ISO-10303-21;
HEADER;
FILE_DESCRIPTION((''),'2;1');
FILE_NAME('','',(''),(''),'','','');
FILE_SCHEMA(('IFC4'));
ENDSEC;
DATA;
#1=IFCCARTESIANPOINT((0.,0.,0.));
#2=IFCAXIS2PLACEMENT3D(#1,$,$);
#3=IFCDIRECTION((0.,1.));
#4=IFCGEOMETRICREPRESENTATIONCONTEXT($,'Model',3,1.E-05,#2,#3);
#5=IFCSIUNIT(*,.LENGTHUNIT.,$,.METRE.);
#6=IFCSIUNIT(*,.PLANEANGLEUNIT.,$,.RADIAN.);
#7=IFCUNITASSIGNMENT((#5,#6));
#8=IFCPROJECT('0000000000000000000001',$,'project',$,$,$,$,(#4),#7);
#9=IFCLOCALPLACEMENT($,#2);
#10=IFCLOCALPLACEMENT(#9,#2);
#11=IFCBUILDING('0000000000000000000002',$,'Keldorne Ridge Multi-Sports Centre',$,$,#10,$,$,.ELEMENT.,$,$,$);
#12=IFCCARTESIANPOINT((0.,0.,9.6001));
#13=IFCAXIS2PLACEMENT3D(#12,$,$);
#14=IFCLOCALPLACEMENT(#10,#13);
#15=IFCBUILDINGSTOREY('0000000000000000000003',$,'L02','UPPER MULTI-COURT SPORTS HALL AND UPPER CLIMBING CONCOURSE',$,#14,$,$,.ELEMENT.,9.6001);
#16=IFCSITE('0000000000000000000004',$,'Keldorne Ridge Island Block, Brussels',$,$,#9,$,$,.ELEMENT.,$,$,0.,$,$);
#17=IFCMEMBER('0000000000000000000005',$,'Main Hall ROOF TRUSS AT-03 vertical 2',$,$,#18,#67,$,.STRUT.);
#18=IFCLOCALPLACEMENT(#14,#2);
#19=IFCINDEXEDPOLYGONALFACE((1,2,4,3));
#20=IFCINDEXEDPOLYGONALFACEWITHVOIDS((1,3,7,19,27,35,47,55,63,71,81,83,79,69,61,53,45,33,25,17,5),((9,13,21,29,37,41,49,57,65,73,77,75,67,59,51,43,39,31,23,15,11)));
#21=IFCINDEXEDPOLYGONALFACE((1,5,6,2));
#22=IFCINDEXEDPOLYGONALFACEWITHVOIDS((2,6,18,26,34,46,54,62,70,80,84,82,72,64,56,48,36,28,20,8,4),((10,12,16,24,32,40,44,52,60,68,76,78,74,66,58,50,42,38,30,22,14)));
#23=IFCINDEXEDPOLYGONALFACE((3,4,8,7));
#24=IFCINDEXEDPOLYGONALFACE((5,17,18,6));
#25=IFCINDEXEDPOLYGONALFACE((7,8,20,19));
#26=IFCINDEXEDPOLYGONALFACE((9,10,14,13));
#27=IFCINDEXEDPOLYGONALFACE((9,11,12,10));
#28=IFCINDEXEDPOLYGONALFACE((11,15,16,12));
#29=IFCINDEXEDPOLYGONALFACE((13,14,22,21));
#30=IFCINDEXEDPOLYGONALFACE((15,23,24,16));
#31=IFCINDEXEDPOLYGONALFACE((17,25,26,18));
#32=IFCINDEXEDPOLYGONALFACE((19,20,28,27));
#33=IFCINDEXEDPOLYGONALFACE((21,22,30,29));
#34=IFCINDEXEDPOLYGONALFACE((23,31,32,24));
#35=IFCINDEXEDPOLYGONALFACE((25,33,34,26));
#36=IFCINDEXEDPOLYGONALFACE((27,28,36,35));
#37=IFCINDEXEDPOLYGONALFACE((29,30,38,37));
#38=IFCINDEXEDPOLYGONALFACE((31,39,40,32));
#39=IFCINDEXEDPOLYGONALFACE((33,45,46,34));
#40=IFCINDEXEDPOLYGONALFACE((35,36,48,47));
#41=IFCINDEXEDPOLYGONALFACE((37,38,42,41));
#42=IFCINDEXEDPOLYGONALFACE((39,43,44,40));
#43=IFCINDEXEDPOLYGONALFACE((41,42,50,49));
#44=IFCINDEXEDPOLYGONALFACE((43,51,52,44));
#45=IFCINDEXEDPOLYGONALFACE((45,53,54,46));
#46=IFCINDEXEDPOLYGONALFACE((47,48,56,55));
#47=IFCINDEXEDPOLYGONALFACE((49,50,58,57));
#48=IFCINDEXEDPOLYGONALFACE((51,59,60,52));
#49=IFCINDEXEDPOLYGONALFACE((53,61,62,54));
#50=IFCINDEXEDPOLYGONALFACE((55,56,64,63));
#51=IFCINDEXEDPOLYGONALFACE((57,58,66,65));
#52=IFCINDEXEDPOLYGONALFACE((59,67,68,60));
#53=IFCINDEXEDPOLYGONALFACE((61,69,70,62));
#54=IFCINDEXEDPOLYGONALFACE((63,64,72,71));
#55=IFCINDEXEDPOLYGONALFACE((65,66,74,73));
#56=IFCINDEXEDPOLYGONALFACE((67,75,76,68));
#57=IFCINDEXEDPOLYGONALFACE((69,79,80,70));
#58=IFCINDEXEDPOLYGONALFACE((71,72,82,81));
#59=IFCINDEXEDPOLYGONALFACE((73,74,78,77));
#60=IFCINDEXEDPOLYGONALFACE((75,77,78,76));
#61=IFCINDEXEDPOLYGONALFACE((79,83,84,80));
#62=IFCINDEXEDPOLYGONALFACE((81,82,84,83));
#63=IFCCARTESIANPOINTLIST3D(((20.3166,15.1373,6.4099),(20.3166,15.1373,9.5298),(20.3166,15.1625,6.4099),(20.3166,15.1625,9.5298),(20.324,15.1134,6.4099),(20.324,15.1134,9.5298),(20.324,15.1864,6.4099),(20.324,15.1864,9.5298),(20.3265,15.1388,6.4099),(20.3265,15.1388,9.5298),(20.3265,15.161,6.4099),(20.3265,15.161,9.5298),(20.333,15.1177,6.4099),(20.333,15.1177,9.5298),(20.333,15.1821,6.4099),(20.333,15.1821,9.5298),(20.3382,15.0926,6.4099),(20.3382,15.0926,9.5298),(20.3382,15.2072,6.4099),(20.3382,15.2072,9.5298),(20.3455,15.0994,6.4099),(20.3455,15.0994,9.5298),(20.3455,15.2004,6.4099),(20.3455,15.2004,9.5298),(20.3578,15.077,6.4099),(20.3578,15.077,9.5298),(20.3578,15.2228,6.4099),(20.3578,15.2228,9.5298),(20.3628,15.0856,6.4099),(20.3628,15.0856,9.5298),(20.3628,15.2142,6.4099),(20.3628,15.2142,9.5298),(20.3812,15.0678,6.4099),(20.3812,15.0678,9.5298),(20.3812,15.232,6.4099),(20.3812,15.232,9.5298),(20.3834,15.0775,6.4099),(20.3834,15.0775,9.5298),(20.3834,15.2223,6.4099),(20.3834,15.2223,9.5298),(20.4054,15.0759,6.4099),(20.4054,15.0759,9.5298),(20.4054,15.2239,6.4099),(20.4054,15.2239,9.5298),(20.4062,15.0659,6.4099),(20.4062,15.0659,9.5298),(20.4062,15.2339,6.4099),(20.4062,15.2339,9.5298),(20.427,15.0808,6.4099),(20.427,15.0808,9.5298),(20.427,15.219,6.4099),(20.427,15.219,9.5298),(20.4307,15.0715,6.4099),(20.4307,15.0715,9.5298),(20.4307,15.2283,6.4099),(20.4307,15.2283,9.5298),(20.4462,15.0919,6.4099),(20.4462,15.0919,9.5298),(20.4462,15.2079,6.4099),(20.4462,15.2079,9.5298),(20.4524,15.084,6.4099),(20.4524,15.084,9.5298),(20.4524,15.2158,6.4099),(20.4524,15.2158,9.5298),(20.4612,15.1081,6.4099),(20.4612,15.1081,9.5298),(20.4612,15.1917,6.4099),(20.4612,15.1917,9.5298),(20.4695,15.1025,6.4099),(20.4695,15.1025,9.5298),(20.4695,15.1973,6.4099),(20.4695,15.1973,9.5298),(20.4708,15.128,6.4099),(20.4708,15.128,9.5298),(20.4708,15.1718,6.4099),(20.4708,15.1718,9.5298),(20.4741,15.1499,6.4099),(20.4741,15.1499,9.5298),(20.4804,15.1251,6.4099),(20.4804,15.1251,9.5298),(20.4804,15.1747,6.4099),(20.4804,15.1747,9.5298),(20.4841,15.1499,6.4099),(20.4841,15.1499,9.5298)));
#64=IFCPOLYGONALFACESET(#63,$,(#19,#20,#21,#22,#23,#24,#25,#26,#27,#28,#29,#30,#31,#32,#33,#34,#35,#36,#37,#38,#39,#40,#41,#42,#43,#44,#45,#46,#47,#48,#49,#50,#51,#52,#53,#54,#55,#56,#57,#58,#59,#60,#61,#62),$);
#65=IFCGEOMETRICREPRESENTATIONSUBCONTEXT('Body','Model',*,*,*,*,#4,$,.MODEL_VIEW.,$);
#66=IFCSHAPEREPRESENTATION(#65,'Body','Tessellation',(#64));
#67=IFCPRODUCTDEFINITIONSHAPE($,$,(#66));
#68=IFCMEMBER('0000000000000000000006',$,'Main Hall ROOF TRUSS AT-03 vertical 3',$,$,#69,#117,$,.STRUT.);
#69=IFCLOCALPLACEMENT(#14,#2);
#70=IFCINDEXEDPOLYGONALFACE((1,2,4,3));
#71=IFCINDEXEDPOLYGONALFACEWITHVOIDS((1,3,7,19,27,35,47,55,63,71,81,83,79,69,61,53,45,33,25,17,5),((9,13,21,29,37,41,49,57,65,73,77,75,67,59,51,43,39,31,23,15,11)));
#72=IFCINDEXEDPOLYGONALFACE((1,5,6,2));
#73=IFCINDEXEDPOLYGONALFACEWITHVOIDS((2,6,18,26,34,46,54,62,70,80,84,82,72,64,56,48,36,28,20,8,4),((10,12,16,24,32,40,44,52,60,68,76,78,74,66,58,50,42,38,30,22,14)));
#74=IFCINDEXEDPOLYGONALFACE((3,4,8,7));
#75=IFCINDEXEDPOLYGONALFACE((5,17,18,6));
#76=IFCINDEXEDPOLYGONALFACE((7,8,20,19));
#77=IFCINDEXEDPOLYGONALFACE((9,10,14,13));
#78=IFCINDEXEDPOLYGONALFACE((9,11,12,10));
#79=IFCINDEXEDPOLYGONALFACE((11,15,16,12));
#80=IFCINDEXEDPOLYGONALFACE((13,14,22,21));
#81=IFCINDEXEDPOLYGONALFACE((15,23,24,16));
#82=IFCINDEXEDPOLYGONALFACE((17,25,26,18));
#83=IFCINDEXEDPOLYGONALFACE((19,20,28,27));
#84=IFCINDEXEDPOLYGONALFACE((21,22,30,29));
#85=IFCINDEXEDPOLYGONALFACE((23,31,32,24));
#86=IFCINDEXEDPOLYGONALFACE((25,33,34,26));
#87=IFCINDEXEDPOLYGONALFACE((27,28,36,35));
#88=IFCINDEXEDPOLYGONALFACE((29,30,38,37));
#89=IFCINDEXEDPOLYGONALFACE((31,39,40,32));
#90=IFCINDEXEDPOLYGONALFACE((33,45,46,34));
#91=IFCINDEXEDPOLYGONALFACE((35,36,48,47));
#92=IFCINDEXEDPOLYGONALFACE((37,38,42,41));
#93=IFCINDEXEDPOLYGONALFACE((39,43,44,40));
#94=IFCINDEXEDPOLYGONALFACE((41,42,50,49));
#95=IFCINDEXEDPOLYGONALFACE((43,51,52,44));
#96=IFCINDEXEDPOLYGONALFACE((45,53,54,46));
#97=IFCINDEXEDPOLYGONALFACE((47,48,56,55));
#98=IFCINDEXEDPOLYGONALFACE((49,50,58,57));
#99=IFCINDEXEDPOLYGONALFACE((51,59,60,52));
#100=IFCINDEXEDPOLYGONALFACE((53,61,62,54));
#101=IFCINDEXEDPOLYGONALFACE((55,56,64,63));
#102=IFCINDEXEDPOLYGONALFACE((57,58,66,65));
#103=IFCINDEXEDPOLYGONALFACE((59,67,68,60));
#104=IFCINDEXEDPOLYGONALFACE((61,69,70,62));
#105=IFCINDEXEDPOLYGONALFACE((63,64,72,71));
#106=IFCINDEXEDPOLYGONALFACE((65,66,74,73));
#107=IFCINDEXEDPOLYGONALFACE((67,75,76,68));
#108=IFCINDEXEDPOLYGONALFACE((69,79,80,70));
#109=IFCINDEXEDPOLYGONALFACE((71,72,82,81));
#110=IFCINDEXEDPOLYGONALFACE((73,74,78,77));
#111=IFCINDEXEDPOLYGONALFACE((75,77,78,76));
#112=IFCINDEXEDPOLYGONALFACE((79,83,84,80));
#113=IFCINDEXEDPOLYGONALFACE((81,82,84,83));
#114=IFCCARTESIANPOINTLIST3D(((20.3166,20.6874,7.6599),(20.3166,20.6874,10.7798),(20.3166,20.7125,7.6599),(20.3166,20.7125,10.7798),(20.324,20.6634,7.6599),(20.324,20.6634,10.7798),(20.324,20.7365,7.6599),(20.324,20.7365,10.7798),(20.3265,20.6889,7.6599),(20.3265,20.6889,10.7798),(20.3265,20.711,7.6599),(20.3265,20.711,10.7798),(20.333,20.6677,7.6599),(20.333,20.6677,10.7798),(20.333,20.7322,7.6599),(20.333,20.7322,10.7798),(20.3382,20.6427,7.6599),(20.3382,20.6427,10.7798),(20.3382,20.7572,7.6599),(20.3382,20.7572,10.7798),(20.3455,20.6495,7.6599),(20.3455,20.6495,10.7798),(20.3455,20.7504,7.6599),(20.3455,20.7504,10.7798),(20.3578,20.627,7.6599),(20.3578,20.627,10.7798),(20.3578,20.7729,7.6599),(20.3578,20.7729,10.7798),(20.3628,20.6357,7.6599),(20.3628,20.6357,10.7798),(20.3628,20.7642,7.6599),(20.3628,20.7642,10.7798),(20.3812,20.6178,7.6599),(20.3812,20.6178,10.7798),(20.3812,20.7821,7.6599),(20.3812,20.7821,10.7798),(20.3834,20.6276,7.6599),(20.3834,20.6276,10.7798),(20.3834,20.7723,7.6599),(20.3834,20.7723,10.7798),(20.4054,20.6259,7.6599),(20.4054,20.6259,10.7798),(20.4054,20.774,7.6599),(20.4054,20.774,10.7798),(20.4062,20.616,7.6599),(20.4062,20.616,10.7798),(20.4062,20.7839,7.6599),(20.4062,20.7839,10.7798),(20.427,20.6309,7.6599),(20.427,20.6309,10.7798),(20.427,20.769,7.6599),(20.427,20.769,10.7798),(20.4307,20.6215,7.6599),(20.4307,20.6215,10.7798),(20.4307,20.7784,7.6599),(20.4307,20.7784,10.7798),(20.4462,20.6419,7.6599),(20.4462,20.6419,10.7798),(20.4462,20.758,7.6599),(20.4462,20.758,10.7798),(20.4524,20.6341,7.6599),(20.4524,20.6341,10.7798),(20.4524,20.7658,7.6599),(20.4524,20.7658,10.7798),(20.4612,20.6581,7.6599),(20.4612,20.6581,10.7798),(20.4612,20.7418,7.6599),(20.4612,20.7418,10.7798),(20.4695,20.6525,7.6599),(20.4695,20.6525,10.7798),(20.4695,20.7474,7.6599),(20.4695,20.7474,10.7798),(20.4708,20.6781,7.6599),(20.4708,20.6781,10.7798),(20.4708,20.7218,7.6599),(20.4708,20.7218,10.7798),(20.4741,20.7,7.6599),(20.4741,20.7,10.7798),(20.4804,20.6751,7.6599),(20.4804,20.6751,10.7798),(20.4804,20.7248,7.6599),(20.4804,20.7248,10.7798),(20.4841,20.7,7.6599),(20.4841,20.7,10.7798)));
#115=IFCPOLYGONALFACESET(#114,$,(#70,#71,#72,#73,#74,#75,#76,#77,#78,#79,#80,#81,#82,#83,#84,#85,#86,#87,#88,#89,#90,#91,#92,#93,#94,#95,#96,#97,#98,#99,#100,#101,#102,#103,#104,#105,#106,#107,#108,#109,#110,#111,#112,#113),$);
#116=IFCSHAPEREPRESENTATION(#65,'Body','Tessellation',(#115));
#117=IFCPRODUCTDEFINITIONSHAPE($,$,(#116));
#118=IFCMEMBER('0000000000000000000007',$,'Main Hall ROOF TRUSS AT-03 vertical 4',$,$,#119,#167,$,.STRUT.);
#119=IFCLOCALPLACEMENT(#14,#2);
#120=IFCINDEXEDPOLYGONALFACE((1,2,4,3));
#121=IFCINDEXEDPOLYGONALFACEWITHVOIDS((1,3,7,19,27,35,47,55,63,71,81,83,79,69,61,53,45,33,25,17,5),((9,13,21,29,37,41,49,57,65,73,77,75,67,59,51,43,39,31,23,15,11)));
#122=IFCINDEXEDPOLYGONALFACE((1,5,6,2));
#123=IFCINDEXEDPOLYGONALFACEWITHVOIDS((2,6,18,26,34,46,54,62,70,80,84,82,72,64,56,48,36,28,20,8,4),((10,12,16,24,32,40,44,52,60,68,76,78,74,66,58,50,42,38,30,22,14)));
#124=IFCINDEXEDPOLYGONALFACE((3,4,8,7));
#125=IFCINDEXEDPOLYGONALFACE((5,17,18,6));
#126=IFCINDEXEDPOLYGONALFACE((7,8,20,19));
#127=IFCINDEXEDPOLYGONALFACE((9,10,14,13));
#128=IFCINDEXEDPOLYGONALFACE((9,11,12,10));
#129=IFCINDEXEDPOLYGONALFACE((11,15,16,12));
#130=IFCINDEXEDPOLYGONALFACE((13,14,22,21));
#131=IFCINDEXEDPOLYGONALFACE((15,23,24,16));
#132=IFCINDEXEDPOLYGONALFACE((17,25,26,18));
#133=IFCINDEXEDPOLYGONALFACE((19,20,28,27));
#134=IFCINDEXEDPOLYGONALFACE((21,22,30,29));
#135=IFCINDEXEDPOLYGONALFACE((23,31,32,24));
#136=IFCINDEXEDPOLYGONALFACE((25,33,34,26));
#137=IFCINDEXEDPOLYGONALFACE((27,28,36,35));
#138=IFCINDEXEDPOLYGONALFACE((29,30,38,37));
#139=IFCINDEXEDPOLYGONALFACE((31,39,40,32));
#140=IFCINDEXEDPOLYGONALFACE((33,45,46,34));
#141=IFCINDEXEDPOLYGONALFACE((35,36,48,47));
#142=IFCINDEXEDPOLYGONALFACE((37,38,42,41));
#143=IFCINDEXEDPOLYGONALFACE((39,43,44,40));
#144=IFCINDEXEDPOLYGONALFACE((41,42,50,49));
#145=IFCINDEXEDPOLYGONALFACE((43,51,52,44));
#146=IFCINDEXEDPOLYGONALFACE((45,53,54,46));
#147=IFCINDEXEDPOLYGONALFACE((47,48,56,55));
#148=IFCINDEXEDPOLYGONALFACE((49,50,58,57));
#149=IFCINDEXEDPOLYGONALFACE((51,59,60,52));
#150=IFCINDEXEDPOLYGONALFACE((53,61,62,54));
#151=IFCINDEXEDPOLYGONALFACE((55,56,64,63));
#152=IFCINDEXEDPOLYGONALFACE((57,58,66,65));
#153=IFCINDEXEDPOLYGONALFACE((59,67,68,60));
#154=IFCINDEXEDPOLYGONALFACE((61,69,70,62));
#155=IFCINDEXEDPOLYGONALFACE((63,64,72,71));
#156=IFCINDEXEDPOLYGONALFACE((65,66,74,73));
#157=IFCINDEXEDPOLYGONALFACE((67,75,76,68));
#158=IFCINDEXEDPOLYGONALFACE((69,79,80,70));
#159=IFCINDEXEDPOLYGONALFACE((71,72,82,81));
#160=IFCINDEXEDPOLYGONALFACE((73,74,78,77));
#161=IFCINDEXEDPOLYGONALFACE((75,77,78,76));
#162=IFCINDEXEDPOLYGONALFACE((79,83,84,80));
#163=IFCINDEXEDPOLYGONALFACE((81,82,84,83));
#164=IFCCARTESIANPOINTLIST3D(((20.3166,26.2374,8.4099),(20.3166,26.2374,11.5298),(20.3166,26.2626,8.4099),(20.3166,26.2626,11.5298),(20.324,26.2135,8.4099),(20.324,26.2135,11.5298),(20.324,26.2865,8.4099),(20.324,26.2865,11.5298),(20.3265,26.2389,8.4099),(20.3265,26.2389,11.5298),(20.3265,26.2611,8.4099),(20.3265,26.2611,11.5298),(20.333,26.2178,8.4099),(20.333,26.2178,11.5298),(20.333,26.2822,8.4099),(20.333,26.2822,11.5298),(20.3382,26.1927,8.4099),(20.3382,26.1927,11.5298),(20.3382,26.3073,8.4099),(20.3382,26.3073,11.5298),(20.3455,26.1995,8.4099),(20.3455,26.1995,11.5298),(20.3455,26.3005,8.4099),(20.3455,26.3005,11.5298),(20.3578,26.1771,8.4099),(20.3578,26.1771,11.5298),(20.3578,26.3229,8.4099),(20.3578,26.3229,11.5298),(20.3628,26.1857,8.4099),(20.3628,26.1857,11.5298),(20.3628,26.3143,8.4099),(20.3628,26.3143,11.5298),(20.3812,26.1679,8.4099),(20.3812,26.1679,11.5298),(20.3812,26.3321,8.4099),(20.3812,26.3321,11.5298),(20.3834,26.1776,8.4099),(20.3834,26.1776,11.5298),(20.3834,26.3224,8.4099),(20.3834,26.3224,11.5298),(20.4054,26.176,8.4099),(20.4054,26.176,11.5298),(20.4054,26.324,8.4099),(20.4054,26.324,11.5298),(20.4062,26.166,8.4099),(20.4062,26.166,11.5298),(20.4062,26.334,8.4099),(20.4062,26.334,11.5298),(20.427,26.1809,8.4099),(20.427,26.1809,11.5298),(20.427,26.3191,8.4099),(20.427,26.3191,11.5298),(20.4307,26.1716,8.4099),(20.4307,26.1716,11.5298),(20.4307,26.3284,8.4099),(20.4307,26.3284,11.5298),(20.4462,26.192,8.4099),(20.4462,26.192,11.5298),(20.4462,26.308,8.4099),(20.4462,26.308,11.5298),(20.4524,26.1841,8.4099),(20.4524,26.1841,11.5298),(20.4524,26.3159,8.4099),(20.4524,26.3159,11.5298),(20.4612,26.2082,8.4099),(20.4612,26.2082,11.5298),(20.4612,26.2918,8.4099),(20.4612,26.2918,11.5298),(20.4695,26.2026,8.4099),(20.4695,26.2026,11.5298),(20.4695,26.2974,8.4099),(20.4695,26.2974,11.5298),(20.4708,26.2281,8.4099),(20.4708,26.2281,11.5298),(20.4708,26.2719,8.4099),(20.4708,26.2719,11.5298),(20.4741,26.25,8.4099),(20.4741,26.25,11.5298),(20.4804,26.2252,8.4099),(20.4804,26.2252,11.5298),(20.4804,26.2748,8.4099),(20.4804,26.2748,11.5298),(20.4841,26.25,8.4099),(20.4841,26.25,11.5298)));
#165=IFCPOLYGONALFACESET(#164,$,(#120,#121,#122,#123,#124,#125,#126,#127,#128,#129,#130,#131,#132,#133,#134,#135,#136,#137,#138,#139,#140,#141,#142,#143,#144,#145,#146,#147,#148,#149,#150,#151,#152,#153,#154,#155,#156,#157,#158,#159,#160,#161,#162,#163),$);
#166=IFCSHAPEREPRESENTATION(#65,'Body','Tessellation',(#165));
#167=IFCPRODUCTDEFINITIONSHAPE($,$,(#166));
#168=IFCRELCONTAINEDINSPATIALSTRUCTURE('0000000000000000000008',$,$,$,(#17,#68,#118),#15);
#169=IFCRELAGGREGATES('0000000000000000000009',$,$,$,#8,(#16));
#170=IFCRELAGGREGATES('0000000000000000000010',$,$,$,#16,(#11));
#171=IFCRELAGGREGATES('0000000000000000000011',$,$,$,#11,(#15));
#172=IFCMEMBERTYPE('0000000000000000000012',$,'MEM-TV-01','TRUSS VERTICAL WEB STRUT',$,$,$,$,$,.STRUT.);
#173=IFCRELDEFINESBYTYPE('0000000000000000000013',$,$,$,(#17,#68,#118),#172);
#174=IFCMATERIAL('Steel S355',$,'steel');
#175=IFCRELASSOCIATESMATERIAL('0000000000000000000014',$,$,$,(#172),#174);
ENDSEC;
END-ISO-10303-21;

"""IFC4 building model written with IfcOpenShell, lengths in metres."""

from ifc_helpers import new_model, si_unit, direction, frame, origin, origin_2d, place, context, subcontext, project, spatial, hollow_circle, extrude, material, material_profile, profile_set, type_object, element, save


model = new_model("IFC4")

# Units and contexts
model_context = context("Model", 3, precision=1e-05, world=origin(), true_north=direction((0.0, 1.0)))
body_context = subcontext(model_context, "Body", "Model", "MODEL_VIEW")
ifc_project = project(units=[si_unit("LENGTHUNIT", "METRE"), si_unit("PLANEANGLEUNIT", "RADIAN")], contexts=[model_context])

# Site, building, storey
site_placement = place(None, origin())
site = spatial("IfcSite", under=ifc_project, at=site_placement, Name="Keldorne Ridge Island Block, Brussels", CompositionType="ELEMENT", RefElevation=0.0)
building_placement = place(site_placement, origin())
building = spatial("IfcBuilding", under=site, at=building_placement, Name="Keldorne Ridge Multi-Sports Centre", CompositionType="ELEMENT")
storey_placement = place(building_placement, frame((0.0, 0.0, 9.6001)))
storey = spatial("IfcBuildingStorey", under=building, at=storey_placement, Name="L02", Description="UPPER MULTI-COURT SPORTS HALL AND UPPER CLIMBING CONCOURSE", CompositionType="ELEMENT", Elevation=9.6001)

# Shared definitions
ifc_material_1 = material(Name="Steel S355", Category="steel")

# Members
ifc_material_profile_1 = material_profile(ifc_material_1, hollow_circle(Radius=0.0842, WallThickness=0.01, at=origin_2d()), Name="CHS 168.3x10")
ifc_profile_set_1 = profile_set([ifc_material_profile_1], Name="Steel S355")
member_type_1 = type_object("IfcMemberType", Name="MEM-TV-01", Description="TRUSS VERTICAL WEB STRUT", PredefinedType="STRUT", material=ifc_profile_set_1)
for number, where, z_axis, x_axis, name in (
    (1, (20.3999, 15.1499, 6.4099), (0.0, 0.0, 1.0), (1.0, 0.0, 0.0), "Main Hall ROOF TRUSS AT-03 vertical 2"),
    (2, (20.3999, 20.7, 7.6599), (0.0, 0.0, 1.0), (1.0, 0.0, 0.0), "Main Hall ROOF TRUSS AT-03 vertical 3"),
    (3, (20.3999, 26.25, 8.4099), (0.0, 0.0, 1.0), (1.0, 0.0, 0.0), "Main Hall ROOF TRUSS AT-03 vertical 4"),
):
    element("IfcMember", number, at=place(storey_placement, frame(where, z_axis=z_axis, x_axis=x_axis)), inside=storey, type_object=member_type_1, Name=name, PredefinedType="STRUT", context=body_context, shape_type="SweptSolid", body=[
        extrude(hollow_circle(Radius=0.0842, WallThickness=0.01, at=origin_2d()), origin(), (0.0, 0.0, 1.0), 3.1199),
    ])

save(model, "model.ifc")
